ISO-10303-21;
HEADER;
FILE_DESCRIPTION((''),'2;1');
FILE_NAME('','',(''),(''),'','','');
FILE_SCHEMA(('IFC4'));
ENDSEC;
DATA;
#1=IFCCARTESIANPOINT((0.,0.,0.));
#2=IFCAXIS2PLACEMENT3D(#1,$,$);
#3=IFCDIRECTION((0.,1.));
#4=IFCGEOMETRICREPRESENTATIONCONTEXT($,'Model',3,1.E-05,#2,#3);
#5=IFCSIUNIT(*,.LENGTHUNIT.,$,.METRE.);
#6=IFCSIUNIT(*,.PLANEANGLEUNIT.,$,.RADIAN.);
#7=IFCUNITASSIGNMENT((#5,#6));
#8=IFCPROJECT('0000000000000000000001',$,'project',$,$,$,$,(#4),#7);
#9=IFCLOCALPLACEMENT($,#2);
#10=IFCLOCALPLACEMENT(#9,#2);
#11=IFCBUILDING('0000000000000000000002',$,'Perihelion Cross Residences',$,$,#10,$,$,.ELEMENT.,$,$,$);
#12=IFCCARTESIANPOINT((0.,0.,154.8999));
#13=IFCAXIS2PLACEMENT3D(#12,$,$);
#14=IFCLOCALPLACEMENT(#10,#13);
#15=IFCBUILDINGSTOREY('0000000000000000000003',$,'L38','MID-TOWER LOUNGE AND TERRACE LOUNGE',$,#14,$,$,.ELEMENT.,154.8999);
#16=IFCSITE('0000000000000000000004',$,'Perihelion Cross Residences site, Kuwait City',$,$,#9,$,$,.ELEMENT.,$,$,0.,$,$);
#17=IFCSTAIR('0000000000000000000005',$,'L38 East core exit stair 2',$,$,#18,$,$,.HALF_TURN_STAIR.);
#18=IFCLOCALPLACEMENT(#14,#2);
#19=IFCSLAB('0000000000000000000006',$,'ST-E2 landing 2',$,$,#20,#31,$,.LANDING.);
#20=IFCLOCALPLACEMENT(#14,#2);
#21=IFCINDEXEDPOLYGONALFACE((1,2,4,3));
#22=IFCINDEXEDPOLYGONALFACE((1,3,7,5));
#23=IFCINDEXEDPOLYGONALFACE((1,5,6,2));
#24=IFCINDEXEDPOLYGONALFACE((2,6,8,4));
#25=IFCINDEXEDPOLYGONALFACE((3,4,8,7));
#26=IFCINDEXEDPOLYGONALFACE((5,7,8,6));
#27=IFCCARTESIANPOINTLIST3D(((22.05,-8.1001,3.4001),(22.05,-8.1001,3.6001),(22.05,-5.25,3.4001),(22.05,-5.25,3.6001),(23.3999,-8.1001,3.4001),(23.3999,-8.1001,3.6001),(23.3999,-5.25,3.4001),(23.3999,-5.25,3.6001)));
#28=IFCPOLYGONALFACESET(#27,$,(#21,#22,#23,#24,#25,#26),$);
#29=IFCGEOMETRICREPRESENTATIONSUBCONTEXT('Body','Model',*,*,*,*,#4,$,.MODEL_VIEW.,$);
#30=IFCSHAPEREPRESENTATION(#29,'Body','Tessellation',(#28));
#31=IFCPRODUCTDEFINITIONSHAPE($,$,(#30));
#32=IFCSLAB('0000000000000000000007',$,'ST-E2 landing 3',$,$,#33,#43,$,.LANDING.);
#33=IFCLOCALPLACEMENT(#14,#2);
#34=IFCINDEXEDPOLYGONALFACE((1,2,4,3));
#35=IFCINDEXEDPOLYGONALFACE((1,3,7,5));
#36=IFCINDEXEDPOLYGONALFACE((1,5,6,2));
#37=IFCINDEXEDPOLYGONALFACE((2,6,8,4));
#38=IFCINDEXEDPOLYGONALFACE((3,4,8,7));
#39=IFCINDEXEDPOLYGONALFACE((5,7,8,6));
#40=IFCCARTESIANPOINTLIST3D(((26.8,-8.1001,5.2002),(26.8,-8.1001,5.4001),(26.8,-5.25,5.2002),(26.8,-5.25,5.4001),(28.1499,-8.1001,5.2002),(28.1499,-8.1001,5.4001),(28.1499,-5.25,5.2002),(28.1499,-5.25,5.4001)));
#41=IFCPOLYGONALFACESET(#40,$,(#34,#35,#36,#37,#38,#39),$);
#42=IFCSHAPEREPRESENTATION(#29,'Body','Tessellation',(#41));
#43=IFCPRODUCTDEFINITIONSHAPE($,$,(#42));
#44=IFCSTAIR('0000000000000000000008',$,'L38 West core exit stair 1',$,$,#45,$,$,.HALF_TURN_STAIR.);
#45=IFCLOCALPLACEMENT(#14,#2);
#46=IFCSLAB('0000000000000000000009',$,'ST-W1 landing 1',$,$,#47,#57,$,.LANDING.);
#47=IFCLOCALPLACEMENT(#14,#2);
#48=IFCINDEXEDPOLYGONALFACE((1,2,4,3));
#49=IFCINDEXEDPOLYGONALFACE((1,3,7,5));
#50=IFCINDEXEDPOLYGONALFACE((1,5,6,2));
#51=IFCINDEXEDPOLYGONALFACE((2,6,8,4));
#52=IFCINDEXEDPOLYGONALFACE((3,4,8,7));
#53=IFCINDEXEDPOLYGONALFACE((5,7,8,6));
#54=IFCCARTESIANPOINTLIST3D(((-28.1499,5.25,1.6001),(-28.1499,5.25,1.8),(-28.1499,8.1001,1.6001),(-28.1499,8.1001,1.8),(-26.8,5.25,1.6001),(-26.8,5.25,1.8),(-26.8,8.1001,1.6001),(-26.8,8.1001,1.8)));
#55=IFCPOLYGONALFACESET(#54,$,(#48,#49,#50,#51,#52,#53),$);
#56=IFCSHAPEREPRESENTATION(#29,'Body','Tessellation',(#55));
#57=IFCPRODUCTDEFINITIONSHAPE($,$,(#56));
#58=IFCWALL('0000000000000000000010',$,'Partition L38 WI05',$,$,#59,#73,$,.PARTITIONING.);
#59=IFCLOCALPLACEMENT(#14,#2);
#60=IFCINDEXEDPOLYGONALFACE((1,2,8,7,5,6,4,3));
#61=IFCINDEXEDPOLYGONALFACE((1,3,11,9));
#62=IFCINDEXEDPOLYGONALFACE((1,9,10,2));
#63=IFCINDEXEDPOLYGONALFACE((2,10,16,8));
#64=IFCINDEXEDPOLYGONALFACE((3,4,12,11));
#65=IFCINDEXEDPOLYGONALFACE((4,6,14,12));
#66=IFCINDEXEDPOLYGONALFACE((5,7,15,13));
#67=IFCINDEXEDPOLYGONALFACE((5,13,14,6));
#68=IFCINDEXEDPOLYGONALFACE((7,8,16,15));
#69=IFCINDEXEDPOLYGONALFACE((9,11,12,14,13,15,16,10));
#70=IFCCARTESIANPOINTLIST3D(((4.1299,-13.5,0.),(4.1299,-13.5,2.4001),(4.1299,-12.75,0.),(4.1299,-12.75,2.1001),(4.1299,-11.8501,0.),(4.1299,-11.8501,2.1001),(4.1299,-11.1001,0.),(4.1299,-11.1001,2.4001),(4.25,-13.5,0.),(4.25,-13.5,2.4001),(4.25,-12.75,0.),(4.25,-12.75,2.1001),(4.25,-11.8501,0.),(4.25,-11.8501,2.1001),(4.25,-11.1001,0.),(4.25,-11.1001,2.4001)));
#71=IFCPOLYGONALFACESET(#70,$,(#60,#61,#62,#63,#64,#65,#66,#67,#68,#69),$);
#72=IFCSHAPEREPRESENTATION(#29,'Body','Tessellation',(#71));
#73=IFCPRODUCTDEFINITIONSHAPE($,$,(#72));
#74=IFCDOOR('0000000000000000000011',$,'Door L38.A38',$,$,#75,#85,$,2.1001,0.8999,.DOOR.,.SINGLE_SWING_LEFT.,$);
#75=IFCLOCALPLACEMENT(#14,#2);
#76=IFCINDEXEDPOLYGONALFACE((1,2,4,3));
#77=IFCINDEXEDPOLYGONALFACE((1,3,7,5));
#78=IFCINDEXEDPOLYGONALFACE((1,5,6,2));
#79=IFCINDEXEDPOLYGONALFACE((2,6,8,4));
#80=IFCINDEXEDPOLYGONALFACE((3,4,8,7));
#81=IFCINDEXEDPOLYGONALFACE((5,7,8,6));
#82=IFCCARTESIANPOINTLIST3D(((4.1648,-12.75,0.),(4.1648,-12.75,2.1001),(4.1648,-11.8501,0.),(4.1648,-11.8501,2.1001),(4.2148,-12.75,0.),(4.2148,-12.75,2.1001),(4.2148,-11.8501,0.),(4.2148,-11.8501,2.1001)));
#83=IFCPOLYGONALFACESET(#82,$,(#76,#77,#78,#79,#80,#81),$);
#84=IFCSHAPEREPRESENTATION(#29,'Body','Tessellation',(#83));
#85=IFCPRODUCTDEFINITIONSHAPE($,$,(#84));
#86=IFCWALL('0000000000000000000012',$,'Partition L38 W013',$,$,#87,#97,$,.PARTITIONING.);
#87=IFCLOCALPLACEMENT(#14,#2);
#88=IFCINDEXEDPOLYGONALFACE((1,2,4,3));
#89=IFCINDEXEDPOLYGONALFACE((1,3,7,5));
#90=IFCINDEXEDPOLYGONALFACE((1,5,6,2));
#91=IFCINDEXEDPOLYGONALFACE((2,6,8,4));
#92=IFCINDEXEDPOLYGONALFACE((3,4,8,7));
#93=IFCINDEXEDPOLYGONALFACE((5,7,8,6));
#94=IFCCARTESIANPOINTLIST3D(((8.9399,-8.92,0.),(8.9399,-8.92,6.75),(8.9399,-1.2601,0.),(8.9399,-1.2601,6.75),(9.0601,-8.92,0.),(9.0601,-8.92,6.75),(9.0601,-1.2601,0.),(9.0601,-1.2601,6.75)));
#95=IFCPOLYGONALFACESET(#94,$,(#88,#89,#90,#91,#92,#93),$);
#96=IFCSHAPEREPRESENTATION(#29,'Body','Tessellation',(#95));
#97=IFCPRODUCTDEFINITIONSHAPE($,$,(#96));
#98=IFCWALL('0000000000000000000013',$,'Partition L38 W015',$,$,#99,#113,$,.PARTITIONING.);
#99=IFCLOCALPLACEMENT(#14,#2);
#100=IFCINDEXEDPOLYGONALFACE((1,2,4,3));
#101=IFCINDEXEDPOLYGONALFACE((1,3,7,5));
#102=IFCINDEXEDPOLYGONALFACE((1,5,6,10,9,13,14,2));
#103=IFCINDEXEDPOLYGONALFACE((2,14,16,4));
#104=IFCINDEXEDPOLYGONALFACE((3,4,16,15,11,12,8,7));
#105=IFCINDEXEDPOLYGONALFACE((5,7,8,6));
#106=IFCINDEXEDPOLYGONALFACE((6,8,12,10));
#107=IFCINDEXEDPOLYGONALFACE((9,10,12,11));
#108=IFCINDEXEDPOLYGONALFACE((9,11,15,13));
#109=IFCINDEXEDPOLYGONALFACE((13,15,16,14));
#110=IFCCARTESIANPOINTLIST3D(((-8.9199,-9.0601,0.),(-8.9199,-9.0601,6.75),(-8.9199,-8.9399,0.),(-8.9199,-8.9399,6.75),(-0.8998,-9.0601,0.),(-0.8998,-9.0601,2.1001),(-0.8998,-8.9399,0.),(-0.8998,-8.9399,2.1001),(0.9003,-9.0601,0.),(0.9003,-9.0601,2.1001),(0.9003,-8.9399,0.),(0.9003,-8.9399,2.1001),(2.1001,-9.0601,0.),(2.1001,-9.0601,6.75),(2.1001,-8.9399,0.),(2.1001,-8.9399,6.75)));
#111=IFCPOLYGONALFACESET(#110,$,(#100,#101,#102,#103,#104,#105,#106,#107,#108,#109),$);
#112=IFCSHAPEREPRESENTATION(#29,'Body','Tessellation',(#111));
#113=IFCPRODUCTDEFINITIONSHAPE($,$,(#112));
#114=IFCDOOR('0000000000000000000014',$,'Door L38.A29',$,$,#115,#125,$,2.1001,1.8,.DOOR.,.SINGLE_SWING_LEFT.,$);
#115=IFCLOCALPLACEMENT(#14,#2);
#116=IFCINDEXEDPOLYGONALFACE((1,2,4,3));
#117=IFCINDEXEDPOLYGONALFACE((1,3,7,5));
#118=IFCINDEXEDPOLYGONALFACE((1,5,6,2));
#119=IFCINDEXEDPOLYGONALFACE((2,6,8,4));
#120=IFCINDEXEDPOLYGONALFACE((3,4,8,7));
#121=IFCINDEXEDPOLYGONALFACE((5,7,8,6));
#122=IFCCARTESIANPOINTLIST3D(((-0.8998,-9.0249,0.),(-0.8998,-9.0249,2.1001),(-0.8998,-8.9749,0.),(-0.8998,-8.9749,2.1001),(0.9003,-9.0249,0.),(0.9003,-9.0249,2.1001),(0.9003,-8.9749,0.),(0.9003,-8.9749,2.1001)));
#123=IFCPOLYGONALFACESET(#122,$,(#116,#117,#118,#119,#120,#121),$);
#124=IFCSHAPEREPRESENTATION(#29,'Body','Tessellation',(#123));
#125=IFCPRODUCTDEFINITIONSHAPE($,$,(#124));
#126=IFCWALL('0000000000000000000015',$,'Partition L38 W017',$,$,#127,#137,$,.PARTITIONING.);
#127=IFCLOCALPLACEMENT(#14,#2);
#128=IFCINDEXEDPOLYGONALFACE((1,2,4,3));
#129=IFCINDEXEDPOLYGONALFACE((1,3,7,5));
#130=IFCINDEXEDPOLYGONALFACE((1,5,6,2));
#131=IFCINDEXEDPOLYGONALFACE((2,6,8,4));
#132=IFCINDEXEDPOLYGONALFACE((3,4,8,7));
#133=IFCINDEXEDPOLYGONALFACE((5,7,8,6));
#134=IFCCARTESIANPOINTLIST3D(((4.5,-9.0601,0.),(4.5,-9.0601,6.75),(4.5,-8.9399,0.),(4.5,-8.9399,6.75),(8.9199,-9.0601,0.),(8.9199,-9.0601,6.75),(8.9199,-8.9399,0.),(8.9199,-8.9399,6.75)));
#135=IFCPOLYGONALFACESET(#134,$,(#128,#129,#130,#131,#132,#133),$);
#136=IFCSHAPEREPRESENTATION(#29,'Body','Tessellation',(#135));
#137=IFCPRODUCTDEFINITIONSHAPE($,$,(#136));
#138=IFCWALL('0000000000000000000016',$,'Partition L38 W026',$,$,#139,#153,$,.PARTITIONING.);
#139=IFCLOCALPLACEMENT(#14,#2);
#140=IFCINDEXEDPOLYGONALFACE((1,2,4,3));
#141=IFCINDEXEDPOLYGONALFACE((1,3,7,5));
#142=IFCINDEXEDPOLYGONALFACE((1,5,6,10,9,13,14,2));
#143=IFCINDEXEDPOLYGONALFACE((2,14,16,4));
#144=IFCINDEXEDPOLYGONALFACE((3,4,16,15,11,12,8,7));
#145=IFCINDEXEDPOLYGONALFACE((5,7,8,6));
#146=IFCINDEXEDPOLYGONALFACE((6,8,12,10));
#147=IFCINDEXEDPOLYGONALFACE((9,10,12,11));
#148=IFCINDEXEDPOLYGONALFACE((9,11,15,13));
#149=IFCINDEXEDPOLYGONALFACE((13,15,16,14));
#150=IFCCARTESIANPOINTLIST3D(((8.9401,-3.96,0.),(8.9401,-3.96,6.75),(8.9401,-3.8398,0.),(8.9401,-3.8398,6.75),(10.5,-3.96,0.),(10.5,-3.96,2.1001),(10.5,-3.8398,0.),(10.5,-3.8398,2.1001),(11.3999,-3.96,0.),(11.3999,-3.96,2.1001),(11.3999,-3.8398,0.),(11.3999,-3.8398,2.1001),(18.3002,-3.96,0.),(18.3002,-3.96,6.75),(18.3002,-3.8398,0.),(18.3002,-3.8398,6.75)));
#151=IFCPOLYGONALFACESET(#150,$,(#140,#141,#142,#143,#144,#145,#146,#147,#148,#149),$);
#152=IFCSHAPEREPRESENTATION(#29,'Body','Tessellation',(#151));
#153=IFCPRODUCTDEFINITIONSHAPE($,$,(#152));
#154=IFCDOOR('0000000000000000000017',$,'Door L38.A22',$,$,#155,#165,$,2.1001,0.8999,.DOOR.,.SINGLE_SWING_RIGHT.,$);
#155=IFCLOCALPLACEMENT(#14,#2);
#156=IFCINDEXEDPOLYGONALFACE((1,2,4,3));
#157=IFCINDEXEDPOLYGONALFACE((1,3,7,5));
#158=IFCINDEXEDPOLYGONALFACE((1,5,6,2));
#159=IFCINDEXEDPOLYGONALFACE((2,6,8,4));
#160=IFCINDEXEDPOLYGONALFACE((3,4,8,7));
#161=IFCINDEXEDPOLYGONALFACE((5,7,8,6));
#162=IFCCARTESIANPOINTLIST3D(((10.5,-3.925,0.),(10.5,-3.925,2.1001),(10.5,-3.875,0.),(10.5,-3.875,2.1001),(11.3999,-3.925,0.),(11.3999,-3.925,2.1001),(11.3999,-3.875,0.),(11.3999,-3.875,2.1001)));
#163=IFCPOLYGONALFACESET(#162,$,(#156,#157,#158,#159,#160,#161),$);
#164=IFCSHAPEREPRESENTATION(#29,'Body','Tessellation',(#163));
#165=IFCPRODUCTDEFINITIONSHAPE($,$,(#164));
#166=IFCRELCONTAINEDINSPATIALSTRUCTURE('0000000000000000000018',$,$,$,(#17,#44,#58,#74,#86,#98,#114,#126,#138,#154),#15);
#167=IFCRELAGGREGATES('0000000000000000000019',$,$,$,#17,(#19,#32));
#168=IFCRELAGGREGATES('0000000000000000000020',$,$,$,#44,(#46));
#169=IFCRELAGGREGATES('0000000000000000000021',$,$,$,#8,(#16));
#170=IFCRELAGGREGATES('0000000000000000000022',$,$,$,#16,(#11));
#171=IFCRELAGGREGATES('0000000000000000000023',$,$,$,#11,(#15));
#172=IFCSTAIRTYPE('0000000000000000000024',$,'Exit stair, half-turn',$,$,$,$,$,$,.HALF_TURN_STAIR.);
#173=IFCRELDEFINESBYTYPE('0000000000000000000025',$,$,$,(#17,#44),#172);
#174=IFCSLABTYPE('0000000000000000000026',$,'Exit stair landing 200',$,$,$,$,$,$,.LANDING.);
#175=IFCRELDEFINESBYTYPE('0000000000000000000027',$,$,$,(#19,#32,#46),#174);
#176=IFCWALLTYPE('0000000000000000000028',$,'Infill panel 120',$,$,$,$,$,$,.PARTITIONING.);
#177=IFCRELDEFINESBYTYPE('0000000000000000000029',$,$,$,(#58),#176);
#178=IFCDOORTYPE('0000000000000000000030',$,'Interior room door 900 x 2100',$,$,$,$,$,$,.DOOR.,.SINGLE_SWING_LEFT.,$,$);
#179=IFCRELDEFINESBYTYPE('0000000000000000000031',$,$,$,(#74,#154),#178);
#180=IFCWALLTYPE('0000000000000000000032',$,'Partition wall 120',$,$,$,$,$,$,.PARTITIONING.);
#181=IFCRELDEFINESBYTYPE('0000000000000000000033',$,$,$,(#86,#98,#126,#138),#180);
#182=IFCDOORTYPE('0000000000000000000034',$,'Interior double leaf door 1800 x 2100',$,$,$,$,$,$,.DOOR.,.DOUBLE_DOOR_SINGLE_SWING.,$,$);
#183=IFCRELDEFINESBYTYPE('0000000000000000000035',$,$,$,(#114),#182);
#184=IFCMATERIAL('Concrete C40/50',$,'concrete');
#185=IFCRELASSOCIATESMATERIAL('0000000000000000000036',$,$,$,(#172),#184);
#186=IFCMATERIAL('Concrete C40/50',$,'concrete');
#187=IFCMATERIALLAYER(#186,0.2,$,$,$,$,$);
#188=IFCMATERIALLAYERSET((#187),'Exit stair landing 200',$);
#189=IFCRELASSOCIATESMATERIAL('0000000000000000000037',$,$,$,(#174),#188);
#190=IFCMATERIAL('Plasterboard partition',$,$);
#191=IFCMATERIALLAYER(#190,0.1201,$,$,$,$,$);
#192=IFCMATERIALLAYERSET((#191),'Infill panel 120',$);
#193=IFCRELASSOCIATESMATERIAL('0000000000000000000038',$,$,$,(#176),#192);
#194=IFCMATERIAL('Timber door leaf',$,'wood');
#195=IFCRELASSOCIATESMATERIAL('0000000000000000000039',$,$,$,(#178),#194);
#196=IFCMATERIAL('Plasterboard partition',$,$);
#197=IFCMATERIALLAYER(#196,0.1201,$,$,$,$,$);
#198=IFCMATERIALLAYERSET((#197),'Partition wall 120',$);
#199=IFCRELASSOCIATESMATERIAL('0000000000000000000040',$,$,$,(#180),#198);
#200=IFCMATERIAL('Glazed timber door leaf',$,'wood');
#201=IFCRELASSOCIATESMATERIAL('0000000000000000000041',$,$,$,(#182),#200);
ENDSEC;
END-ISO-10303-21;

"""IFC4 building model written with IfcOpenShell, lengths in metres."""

from ifc_helpers import new_model, si_unit, direction, frame, frame_2d, origin, place, context, subcontext, project, spatial, polyline, rectangle, outline, extrude, material, layer, layer_set, type_object, element, fill, aggregate, save


model = new_model("IFC4")

# Units and contexts
model_context = context("Model", 3, precision=1e-05, world=origin(), true_north=direction((0.0, 1.0)))
body_context = subcontext(model_context, "Body", "Model", "MODEL_VIEW")
ifc_project = project(units=[si_unit("LENGTHUNIT", "METRE"), si_unit("PLANEANGLEUNIT", "RADIAN")], contexts=[model_context])

# Site, building, storey
site_placement = place(None, origin())
site = spatial("IfcSite", under=ifc_project, at=site_placement, Name="Perihelion Cross Residences site, Kuwait City", CompositionType="ELEMENT", RefElevation=0.0)
building_placement = place(site_placement, origin())
building = spatial("IfcBuilding", under=site, at=building_placement, Name="Perihelion Cross Residences", CompositionType="ELEMENT")
storey_placement = place(building_placement, frame((0.0, 0.0, 154.8999)))
storey = spatial("IfcBuildingStorey", under=building, at=storey_placement, Name="L38", Description="MID-TOWER LOUNGE AND TERRACE LOUNGE", CompositionType="ELEMENT", Elevation=154.8999)

# Stair, slabs
ifc_material_1 = material(Name="Concrete C40/50", Category="concrete")
stair_type = type_object("IfcStairType", Name="Exit stair, half-turn", PredefinedType="HALF_TURN_STAIR", material=ifc_material_1)
stair_1_placement = place(storey_placement, origin())
stair_1 = element("IfcStair", 1, at=stair_1_placement, inside=storey, type_object=stair_type, Name="L38 East core exit stair 2", PredefinedType="HALF_TURN_STAIR")
ifc_material_2 = material(Name="Concrete C40/50", Category="concrete")
ifc_layer_1 = layer(ifc_material_2, 0.2)
ifc_layer_set_1 = layer_set([ifc_layer_1], Name="Exit stair landing 200")
slab_type = type_object("IfcSlabType", Name="Exit stair landing 200", PredefinedType="LANDING", material=ifc_layer_set_1)
slab_1_placement = place(storey_placement, frame((0.0, 0.0, 3.4001)))
slab_1 = element("IfcSlab", 2, at=slab_1_placement, type_object=slab_type, Name="ST-E2 landing 2", PredefinedType="LANDING", context=body_context, shape_type="SweptSolid", body=[
    extrude(outline(polyline([(22.05, -8.1001), (23.3999, -8.1001), (23.3999, -5.25), (22.05, -5.25), (22.05, -8.1001)])), origin(), (0.0, 0.0, 1.0), 0.2),
])
slab_2_placement = place(storey_placement, frame((0.0, 0.0, 5.2002)))
slab_2 = element("IfcSlab", 3, at=slab_2_placement, type_object=slab_type, Name="ST-E2 landing 3", PredefinedType="LANDING", context=body_context, shape_type="SweptSolid", body=[
    extrude(outline(polyline([(26.8, -8.1001), (28.1499, -8.1001), (28.1499, -5.25), (26.8, -5.25), (26.8, -8.1001)])), origin(), (0.0, 0.0, 1.0), 0.2),
])
aggregate(stair_1, [slab_1, slab_2])

# Stair, slab
stair_2_placement = place(storey_placement, origin())
stair_2 = element("IfcStair", 4, at=stair_2_placement, inside=storey, type_object=stair_type, Name="L38 West core exit stair 1", PredefinedType="HALF_TURN_STAIR")
slab_3_placement = place(storey_placement, frame((0.0, 0.0, 1.6001)))
slab_3 = element("IfcSlab", 5, at=slab_3_placement, type_object=slab_type, Name="ST-W1 landing 1", PredefinedType="LANDING", context=body_context, shape_type="SweptSolid", body=[
    extrude(outline(polyline([(-26.8, 8.1001), (-28.1499, 8.1001), (-28.1499, 5.25), (-26.8, 5.25), (-26.8, 8.1001)])), origin(), (0.0, 0.0, 1.0), 0.2),
])
aggregate(stair_2, [slab_3])

# Wall, opening, door
ifc_material_3 = material(Name="Plasterboard partition")
ifc_layer_2 = layer(ifc_material_3, 0.1201)
ifc_layer_set_2 = layer_set([ifc_layer_2], Name="Infill panel 120")
wall_type_1 = type_object("IfcWallType", Name="Infill panel 120", PredefinedType="PARTITIONING", material=ifc_layer_set_2)
wall_1_placement = place(storey_placement, frame((4.1899, -11.1001, 0.0), z_axis=(0.0, 0.0, 1.0), x_axis=(0.0, -1.0, 0.0)))
wall_1 = element("IfcWall", 6, at=wall_1_placement, inside=storey, type_object=wall_type_1, Name="Partition L38 WI05", PredefinedType="PARTITIONING", context=body_context, shape_type="SweptSolid", body=[
    extrude(rectangle(XDim=2.3999, YDim=0.1201, at=frame_2d((1.2, 0.0))), origin(), (0.0, 0.0, 1.0), 2.4001),
])
opening_1_placement = place(wall_1_placement, frame((0.75, 0.0, 0.0)))
opening_1 = element("IfcOpeningElement", 7, at=opening_1_placement, cuts=wall_1, PredefinedType="OPENING", context=body_context, shape_type="SweptSolid", body=[
    extrude(rectangle(XDim=0.8999, YDim=2.1001, at=frame_2d((0.45, 1.05))), frame((0.0, 0.0701, 0.0), z_axis=(0.0, -1.0, 0.0), x_axis=(1.0, 0.0, 0.0)), (0.0, 0.0, 1.0), 0.1401),
])
ifc_material_4 = material(Name="Timber door leaf", Category="wood")
door_type_1 = type_object("IfcDoorType", Name="Interior room door 900 x 2100", OperationType="SINGLE_SWING_LEFT", PredefinedType="DOOR", material=ifc_material_4)
door_1_placement = place(opening_1_placement, origin())
door_1 = element("IfcDoor", 8, at=door_1_placement, inside=storey, type_object=door_type_1, Name="Door L38.A38", OperationType="SINGLE_SWING_LEFT", OverallHeight=2.1001, OverallWidth=0.8999, PredefinedType="DOOR", context=body_context, shape_type="SweptSolid", body=[
    extrude(rectangle(XDim=0.8999, YDim=2.1001, at=frame_2d((0.45, 1.05))), frame((0.0, 0.0249, 0.0), z_axis=(0.0, -1.0, 0.0), x_axis=(1.0, 0.0, 0.0)), (0.0, 0.0, 1.0), 0.05),
])
fill(opening_1, door_1)

# Wall
ifc_material_5 = material(Name="Plasterboard partition")
ifc_layer_3 = layer(ifc_material_5, 0.1201)
ifc_layer_set_3 = layer_set([ifc_layer_3], Name="Partition wall 120")
wall_type_2 = type_object("IfcWallType", Name="Partition wall 120", PredefinedType="PARTITIONING", material=ifc_layer_set_3)
wall_2_placement = place(storey_placement, frame((9.0, -1.26, 0.0), z_axis=(0.0, 0.0, 1.0), x_axis=(0.0, -1.0, 0.0)))
element("IfcWall", 9, at=wall_2_placement, inside=storey, type_object=wall_type_2, Name="Partition L38 W013", PredefinedType="PARTITIONING", context=body_context, shape_type="SweptSolid", body=[
    extrude(rectangle(XDim=7.6599, YDim=0.1201, at=frame_2d((3.8301, 0.0))), origin(), (0.0, 0.0, 1.0), 6.75),
])

# Wall, opening, door
wall_3_placement = place(storey_placement, frame((2.1001, -9.0, 0.0), z_axis=(0.0, 0.0, 1.0), x_axis=(-1.0, 0.0, 0.0)))
wall_3 = element("IfcWall", 10, at=wall_3_placement, inside=storey, type_object=wall_type_2, Name="Partition L38 W015", PredefinedType="PARTITIONING", context=body_context, shape_type="SweptSolid", body=[
    extrude(rectangle(XDim=11.02, YDim=0.1201, at=frame_2d((5.51, 0.0))), origin(), (0.0, 0.0, 1.0), 6.75),
])
opening_2_placement = place(wall_3_placement, frame((1.2, 0.0, 0.0)))
opening_2 = element("IfcOpeningElement", 11, at=opening_2_placement, cuts=wall_3, PredefinedType="OPENING", context=body_context, shape_type="SweptSolid", body=[
    extrude(rectangle(XDim=1.8, YDim=2.1001, at=frame_2d((0.8999, 1.05))), frame((0.0, 0.0701, 0.0), z_axis=(0.0, -1.0, 0.0), x_axis=(1.0, 0.0, 0.0)), (0.0, 0.0, 1.0), 0.1401),
])
ifc_material_6 = material(Name="Glazed timber door leaf", Category="wood")
door_type_2 = type_object("IfcDoorType", Name="Interior double leaf door 1800 x 2100", OperationType="DOUBLE_DOOR_SINGLE_SWING", PredefinedType="DOOR", material=ifc_material_6)
door_2_placement = place(opening_2_placement, origin())
door_2 = element("IfcDoor", 12, at=door_2_placement, inside=storey, type_object=door_type_2, Name="Door L38.A29", OperationType="SINGLE_SWING_LEFT", OverallHeight=2.1001, OverallWidth=1.8, PredefinedType="DOOR", context=body_context, shape_type="SweptSolid", body=[
    extrude(rectangle(XDim=1.8, YDim=2.1001, at=frame_2d((0.8999, 1.05))), frame((0.0, 0.0249, 0.0), z_axis=(0.0, -1.0, 0.0), x_axis=(1.0, 0.0, 0.0)), (0.0, 0.0, 1.0), 0.05),
])
fill(opening_2, door_2)

# Wall
wall_4_placement = place(storey_placement, frame((8.9199, -9.0, 0.0), z_axis=(0.0, 0.0, 1.0), x_axis=(-1.0, 0.0, 0.0)))
element("IfcWall", 13, at=wall_4_placement, inside=storey, type_object=wall_type_2, Name="Partition L38 W017", PredefinedType="PARTITIONING", context=body_context, shape_type="SweptSolid", body=[
    extrude(rectangle(XDim=4.4199, YDim=0.1201, at=frame_2d((2.21, 0.0))), origin(), (0.0, 0.0, 1.0), 6.75),
])

# Wall, opening, door
wall_5_placement = place(storey_placement, frame((8.9399, -3.8999, 0.0), z_axis=(0.0, 0.0, 1.0), x_axis=(1.0, 0.0, 0.0)))
wall_5 = element("IfcWall", 14, at=wall_5_placement, inside=storey, type_object=wall_type_2, Name="Partition L38 W026", PredefinedType="PARTITIONING", context=body_context, shape_type="SweptSolid", body=[
    extrude(rectangle(XDim=9.3601, YDim=0.1201, at=frame_2d((4.6802, 0.0))), origin(), (0.0, 0.0, 1.0), 6.75),
])
opening_3_placement = place(wall_5_placement, frame((1.5601, 0.0, 0.0)))
opening_3 = element("IfcOpeningElement", 15, at=opening_3_placement, cuts=wall_5, PredefinedType="OPENING", context=body_context, shape_type="SweptSolid", body=[
    extrude(rectangle(XDim=0.8999, YDim=2.1001, at=frame_2d((0.45, 1.05))), frame((0.0, 0.0701, 0.0), z_axis=(0.0, -1.0, 0.0), x_axis=(1.0, 0.0, 0.0)), (0.0, 0.0, 1.0), 0.1401),
])
door_3_placement = place(opening_3_placement, origin())
door_3 = element("IfcDoor", 16, at=door_3_placement, inside=storey, type_object=door_type_1, Name="Door L38.A22", OperationType="SINGLE_SWING_RIGHT", OverallHeight=2.1001, OverallWidth=0.8999, PredefinedType="DOOR", context=body_context, shape_type="SweptSolid", body=[
    extrude(rectangle(XDim=0.8999, YDim=2.1001, at=frame_2d((0.45, 1.05))), frame((0.0, 0.0249, 0.0), z_axis=(0.0, -1.0, 0.0), x_axis=(1.0, 0.0, 0.0)), (0.0, 0.0, 1.0), 0.05),
])
fill(opening_3, door_3)

save(model, "model.ifc")
